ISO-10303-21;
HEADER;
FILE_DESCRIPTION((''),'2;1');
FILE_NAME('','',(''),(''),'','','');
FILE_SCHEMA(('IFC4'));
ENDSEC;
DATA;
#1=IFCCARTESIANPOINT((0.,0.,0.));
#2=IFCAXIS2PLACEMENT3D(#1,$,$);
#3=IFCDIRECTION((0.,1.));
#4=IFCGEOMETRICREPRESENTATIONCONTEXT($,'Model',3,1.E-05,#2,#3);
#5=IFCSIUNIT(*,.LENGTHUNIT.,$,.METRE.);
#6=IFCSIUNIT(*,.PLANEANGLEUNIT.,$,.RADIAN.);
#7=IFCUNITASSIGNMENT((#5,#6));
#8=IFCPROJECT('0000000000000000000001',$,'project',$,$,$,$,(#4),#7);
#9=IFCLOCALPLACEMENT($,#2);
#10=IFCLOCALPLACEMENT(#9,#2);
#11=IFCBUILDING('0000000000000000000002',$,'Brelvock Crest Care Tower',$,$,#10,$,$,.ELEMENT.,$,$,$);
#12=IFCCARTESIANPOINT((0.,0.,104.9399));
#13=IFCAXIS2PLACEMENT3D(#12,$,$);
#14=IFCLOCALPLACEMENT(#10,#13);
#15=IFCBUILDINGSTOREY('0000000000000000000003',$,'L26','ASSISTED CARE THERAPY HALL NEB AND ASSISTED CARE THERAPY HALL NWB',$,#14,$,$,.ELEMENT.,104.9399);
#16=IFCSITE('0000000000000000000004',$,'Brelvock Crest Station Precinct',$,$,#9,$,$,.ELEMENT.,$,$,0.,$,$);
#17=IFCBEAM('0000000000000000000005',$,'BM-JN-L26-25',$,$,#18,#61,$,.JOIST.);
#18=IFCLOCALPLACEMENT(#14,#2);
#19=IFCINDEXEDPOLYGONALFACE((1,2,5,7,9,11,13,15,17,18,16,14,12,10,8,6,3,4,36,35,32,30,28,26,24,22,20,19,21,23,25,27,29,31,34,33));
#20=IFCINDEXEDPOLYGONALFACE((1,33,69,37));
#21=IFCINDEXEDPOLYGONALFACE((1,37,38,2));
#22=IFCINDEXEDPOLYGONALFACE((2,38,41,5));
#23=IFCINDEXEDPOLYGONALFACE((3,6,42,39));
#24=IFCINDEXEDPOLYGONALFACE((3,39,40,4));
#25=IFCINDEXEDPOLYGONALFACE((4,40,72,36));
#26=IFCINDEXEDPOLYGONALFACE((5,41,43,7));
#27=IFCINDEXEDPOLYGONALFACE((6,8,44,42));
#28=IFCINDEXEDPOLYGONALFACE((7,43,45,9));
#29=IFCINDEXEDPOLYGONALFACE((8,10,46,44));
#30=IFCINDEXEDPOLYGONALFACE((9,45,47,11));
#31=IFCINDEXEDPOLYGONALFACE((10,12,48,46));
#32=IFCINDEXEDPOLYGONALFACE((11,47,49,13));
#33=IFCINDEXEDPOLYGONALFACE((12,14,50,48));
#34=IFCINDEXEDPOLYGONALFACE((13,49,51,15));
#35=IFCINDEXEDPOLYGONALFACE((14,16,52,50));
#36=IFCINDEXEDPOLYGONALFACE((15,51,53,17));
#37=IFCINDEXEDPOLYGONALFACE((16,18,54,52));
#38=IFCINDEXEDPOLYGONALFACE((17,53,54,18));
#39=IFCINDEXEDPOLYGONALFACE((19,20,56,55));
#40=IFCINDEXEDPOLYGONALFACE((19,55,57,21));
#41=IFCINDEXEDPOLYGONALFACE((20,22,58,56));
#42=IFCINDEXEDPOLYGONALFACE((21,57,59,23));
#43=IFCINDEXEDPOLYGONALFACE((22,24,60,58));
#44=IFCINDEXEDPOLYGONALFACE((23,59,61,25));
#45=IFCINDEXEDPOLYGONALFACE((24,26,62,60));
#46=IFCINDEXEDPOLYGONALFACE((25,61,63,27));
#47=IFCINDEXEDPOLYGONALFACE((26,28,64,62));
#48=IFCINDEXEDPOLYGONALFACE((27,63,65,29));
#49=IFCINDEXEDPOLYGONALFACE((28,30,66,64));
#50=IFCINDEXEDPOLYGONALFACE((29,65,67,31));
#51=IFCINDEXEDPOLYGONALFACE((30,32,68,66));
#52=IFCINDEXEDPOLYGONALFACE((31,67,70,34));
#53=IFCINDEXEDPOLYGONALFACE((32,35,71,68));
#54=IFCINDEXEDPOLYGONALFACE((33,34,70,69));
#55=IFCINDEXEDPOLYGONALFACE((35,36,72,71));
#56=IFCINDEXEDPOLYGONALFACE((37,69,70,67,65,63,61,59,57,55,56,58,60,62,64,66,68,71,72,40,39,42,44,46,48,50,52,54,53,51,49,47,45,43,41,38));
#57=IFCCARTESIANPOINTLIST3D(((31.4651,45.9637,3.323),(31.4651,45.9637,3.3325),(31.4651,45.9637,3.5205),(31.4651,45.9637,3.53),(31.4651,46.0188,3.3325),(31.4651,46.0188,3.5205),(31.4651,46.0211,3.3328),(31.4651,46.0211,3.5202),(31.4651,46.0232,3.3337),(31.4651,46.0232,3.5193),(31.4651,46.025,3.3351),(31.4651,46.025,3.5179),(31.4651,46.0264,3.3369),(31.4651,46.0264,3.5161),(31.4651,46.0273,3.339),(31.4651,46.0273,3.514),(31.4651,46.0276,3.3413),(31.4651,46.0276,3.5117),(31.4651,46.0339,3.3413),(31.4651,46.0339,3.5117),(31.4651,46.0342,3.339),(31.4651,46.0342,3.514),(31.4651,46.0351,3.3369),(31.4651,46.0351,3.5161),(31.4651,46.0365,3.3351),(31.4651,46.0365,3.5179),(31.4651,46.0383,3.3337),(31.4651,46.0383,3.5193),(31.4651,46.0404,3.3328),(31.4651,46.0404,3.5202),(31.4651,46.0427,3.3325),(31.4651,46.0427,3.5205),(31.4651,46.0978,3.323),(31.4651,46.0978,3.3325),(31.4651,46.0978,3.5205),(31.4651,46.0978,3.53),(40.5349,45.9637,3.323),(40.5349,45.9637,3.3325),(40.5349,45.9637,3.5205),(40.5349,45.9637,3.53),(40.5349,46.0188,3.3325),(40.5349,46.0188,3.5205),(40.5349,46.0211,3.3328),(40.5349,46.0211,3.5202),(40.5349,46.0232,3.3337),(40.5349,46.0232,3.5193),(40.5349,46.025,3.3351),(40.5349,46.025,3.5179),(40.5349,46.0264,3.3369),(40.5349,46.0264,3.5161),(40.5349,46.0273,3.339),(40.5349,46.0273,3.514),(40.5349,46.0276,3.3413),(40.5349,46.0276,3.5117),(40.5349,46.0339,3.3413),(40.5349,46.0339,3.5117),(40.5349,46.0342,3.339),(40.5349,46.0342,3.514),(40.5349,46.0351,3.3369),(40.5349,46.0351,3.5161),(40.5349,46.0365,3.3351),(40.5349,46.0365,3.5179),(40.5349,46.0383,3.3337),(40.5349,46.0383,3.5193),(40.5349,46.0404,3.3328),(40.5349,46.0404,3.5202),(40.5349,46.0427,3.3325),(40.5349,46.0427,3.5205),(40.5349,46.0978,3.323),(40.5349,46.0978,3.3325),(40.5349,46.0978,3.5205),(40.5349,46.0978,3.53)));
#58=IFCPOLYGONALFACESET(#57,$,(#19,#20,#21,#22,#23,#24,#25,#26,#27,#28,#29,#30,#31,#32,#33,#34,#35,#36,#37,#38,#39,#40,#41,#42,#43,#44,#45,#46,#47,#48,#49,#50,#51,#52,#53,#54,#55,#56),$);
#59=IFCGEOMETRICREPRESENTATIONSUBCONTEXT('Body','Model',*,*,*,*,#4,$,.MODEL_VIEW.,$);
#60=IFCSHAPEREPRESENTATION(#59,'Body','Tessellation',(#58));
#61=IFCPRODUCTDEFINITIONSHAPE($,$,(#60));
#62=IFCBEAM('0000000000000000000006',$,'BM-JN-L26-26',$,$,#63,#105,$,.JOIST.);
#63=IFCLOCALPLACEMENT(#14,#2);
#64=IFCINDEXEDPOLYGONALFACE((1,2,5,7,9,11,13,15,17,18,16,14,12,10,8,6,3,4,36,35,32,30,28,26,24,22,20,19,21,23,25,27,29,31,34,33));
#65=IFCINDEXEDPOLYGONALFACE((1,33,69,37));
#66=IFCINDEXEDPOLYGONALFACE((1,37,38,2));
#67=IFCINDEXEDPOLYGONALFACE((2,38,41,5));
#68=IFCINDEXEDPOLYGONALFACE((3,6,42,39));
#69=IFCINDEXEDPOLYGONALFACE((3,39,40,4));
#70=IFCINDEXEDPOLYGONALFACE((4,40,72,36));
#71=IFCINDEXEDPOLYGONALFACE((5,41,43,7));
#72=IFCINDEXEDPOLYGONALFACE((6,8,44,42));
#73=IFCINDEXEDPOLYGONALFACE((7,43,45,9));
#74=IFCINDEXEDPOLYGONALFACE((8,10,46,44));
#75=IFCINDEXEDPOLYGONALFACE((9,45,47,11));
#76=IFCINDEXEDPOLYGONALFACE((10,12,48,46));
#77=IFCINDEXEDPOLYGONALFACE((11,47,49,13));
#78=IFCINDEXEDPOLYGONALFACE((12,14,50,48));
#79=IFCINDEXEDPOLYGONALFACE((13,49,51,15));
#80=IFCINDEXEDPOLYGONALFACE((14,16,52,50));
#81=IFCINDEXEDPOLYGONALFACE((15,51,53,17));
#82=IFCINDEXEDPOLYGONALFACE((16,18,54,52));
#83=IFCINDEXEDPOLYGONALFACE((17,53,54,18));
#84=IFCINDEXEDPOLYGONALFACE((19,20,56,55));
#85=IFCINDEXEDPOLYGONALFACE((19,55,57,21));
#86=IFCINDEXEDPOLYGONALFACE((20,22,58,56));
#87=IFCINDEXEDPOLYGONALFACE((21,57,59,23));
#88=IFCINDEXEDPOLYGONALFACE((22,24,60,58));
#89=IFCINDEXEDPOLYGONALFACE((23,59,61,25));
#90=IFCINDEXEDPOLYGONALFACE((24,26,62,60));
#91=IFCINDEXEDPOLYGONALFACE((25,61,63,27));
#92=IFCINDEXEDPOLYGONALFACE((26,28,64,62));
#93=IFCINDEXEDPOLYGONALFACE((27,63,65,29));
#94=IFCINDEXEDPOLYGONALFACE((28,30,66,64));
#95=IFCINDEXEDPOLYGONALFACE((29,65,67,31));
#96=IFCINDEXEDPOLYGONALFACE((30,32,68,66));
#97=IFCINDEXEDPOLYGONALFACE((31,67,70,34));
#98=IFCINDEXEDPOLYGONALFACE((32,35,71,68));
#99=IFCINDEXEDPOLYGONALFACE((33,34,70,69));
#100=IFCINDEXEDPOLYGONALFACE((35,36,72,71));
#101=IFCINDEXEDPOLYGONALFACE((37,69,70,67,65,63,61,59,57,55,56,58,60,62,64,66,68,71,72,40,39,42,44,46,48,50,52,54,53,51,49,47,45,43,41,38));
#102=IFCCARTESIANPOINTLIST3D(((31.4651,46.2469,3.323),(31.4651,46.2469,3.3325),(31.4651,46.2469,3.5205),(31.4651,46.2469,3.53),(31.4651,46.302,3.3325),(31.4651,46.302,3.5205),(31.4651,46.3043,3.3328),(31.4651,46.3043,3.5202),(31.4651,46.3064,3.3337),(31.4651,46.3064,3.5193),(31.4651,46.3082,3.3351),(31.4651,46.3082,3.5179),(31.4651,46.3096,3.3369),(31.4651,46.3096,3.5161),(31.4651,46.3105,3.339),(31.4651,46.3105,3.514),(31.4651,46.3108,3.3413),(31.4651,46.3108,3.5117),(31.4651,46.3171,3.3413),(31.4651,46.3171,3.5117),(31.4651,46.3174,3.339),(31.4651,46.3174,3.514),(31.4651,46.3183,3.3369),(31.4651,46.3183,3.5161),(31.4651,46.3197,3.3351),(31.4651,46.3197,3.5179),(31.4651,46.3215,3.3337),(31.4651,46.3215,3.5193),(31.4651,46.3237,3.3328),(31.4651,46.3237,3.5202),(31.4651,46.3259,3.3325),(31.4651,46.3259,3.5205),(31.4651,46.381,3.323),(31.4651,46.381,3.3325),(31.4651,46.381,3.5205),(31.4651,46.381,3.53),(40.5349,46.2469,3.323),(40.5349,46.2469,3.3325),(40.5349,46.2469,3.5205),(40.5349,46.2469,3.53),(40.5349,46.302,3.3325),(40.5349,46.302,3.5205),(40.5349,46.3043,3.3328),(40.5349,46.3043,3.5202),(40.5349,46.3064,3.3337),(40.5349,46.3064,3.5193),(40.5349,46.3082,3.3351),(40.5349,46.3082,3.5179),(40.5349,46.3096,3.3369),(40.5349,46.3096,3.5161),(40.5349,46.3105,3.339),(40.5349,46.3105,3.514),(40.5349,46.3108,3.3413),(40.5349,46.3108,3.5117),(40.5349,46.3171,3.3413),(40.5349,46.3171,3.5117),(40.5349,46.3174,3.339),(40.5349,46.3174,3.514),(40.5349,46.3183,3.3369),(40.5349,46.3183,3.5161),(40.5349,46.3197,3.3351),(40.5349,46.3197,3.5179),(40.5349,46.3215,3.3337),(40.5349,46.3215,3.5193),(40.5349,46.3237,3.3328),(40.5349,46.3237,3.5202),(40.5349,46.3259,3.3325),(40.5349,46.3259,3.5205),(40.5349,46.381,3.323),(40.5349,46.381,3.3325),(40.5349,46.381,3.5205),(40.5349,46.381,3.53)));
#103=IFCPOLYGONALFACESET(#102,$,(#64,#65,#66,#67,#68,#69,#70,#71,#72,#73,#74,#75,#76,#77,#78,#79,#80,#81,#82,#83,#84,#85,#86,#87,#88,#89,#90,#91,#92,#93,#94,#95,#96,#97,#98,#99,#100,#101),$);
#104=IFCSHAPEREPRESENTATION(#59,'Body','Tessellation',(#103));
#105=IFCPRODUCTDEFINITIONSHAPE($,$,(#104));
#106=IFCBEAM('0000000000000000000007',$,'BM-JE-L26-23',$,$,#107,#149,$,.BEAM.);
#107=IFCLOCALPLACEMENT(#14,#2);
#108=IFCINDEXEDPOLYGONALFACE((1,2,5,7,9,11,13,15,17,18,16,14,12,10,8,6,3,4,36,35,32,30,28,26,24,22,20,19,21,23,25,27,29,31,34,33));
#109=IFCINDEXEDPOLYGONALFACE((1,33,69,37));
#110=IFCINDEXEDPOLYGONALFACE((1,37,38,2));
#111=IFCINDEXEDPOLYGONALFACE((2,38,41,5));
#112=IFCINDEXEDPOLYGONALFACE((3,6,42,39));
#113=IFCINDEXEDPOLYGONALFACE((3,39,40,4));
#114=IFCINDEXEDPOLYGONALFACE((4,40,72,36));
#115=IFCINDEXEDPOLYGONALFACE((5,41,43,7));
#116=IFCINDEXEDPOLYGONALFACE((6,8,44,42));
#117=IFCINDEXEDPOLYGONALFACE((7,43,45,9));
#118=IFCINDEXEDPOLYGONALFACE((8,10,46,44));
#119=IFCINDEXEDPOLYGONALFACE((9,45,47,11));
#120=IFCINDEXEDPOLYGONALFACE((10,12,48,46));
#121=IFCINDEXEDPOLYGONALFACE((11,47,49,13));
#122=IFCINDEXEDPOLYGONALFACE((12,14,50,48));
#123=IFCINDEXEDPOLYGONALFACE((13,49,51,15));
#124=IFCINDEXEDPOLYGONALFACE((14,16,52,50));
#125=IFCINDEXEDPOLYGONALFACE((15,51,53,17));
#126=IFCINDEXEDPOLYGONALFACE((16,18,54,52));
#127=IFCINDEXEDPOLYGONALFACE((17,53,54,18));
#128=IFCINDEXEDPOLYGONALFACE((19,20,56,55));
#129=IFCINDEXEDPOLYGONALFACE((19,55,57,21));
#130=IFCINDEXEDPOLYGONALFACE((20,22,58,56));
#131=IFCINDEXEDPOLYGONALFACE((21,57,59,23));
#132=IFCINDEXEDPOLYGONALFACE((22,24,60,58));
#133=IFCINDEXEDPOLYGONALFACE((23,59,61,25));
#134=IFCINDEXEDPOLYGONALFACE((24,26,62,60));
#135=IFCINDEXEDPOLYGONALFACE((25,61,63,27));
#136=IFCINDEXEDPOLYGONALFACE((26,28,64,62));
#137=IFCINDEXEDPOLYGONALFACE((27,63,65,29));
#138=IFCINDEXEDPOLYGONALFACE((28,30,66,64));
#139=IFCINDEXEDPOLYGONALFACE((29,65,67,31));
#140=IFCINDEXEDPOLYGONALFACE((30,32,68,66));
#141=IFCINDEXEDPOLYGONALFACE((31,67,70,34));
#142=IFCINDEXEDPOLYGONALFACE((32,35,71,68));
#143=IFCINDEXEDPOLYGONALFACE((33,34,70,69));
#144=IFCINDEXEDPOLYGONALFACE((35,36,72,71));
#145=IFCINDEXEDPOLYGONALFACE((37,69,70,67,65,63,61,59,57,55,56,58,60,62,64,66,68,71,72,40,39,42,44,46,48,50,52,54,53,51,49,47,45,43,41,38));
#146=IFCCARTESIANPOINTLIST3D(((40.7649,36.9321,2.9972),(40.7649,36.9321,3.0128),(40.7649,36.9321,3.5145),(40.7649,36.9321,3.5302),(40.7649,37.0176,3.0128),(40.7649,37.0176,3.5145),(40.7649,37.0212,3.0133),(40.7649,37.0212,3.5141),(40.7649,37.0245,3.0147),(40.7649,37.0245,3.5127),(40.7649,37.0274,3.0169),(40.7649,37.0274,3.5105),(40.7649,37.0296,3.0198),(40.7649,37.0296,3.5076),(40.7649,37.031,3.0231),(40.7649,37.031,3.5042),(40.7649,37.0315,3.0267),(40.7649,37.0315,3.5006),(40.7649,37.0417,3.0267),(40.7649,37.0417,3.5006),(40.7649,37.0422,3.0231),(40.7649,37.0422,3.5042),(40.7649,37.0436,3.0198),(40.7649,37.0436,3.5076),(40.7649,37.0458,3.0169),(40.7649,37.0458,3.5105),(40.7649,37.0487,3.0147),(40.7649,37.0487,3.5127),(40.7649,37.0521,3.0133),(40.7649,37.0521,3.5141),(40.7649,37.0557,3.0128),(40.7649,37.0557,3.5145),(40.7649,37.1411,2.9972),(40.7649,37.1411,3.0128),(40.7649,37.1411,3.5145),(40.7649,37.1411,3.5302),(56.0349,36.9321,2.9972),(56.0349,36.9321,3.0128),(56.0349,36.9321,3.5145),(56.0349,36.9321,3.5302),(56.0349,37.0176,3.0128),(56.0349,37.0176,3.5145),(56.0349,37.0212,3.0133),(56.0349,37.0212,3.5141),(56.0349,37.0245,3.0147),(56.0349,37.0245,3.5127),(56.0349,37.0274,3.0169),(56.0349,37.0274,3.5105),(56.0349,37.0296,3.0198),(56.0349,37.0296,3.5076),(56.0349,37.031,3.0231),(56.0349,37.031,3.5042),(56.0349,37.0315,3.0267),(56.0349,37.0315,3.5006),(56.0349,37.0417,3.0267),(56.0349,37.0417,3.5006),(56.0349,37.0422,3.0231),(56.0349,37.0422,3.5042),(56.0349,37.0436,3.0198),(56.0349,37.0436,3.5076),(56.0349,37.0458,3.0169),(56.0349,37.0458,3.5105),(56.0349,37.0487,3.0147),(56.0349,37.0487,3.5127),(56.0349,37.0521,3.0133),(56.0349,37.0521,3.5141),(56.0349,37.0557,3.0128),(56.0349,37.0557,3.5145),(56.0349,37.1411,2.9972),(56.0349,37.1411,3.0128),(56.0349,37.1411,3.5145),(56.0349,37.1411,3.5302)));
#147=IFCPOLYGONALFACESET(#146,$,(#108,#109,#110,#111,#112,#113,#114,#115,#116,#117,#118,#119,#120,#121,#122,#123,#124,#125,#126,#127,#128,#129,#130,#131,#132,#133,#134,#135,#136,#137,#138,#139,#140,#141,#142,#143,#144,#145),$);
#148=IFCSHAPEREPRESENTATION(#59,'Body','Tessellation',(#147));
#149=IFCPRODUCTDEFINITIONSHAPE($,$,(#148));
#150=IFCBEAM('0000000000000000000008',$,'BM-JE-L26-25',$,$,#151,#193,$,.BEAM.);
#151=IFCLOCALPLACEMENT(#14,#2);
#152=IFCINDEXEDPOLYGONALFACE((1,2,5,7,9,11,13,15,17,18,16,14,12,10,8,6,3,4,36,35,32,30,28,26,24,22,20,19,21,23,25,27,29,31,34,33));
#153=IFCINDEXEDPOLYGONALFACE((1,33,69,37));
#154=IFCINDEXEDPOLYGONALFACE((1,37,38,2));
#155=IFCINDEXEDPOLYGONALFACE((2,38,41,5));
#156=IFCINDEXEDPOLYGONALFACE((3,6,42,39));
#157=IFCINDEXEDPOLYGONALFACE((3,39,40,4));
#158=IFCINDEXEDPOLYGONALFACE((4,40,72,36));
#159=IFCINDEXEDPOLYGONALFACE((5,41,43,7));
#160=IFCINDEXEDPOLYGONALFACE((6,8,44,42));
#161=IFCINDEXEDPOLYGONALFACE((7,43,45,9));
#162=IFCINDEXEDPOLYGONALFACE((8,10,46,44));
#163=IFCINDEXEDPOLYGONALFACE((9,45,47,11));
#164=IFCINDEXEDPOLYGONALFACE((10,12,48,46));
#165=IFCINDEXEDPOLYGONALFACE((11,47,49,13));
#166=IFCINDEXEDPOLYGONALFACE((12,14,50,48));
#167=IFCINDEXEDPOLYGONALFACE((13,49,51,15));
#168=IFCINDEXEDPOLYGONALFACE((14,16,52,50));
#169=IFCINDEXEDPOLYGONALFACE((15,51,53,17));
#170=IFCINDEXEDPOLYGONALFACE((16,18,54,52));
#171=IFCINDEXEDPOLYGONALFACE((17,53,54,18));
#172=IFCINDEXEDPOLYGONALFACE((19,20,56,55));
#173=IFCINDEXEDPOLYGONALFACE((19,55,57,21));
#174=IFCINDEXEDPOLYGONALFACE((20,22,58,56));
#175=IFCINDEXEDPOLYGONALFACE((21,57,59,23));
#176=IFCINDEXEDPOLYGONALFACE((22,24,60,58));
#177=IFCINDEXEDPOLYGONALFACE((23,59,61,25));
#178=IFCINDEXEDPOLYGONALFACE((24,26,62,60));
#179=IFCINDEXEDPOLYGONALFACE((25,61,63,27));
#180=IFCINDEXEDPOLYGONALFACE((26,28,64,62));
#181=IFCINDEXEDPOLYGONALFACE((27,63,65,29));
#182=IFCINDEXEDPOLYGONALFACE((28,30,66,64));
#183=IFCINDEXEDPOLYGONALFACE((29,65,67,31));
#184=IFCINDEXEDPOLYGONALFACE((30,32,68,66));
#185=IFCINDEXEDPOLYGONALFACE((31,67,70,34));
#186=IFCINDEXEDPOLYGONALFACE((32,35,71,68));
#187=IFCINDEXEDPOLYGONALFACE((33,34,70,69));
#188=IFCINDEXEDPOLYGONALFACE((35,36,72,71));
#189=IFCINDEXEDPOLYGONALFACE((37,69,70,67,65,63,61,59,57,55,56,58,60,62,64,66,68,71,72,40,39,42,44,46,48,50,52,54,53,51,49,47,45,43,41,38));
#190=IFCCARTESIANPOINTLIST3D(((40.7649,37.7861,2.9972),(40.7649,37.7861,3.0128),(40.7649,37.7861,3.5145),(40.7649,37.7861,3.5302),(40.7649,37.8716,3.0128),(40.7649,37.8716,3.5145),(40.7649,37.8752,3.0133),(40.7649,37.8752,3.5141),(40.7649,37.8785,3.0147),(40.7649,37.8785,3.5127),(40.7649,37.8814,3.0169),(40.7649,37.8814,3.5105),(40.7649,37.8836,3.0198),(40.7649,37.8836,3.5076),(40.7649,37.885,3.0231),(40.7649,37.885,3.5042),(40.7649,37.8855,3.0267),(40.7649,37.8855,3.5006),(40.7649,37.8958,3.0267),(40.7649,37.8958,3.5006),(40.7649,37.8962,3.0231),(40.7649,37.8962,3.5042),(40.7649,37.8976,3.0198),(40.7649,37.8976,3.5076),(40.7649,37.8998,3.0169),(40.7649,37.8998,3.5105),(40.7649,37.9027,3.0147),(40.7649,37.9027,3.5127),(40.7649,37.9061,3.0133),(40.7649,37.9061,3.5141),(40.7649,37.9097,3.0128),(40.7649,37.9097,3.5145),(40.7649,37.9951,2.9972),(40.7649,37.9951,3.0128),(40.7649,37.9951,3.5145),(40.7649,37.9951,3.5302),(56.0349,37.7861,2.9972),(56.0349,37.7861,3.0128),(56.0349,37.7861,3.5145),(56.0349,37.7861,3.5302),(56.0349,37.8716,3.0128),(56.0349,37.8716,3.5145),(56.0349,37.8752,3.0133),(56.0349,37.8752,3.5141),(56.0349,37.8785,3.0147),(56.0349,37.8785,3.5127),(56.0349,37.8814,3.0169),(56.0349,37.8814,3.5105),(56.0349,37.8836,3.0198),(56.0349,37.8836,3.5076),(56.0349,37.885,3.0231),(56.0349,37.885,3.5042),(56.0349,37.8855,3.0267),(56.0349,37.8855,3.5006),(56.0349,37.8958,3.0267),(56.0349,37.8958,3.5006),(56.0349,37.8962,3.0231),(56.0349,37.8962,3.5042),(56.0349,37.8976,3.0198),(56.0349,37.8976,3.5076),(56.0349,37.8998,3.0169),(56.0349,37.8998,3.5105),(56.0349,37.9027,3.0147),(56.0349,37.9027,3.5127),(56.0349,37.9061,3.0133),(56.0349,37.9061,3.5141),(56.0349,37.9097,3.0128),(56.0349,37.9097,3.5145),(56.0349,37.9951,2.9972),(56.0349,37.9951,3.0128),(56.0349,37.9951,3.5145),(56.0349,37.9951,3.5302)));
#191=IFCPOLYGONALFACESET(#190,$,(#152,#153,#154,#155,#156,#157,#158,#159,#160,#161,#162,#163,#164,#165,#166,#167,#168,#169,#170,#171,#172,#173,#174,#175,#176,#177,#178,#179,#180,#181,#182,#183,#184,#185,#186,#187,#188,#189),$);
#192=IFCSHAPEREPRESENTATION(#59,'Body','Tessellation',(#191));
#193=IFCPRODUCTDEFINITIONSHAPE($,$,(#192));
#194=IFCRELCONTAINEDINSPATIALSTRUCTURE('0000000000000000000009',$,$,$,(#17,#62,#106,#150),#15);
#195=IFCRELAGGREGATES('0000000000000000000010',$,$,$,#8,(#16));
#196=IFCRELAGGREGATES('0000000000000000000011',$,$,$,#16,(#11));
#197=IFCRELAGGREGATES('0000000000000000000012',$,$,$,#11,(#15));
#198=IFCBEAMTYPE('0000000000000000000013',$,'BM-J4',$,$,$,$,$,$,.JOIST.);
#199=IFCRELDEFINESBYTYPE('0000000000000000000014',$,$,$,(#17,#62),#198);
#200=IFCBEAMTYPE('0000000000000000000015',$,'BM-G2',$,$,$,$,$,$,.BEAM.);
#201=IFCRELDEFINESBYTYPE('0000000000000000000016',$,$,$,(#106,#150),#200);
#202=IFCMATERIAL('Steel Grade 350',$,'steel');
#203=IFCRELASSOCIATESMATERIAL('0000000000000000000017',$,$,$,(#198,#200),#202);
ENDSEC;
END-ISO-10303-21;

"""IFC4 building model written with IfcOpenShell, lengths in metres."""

from ifc_helpers import new_model, si_unit, direction, frame, origin, origin_2d, place, context, subcontext, project, spatial, i_section, extrude, source, transform, mapped, material, material_profile, profile_set, type_object, element, save


model = new_model("IFC4")

# Units and contexts
model_context = context("Model", 3, precision=1e-05, world=origin(), true_north=direction((0.0, 1.0)))
body_context = subcontext(model_context, "Body", "Model", "MODEL_VIEW")
ifc_project = project(units=[si_unit("LENGTHUNIT", "METRE"), si_unit("PLANEANGLEUNIT", "RADIAN")], contexts=[model_context])

# Site, building, storey
site_placement = place(None, origin())
site = spatial("IfcSite", under=ifc_project, at=site_placement, Name="Brelvock Crest Station Precinct", CompositionType="ELEMENT", RefElevation=0.0)
building_placement = place(site_placement, origin())
building = spatial("IfcBuilding", under=site, at=building_placement, Name="Brelvock Crest Care Tower", CompositionType="ELEMENT")
storey_placement = place(building_placement, frame((0.0, 0.0, 104.9399)))
storey = spatial("IfcBuildingStorey", under=building, at=storey_placement, Name="L26", Description="ASSISTED CARE THERAPY HALL NEB AND ASSISTED CARE THERAPY HALL NWB", CompositionType="ELEMENT", Elevation=104.9399)

# Beams
ifc_material_1 = material(Name="Steel Grade 350", Category="steel")
ifc_material_profile_1 = material_profile(ifc_material_1, i_section(OverallWidth=0.134, OverallDepth=0.207, WebThickness=0.0063, FlangeThickness=0.0095, FilletRadius=0.0088, at=origin_2d()), Name="200UB29.8")
ifc_profile_set_1 = profile_set([ifc_material_profile_1], Name="Steel Grade 350")
beam_type_1 = type_object("IfcBeamType", Name="BM-J4", PredefinedType="JOIST", material=ifc_profile_set_1)
shared_shape_1 = source(origin(), body_context, "Body", "SweptSolid", [
    extrude(i_section(OverallWidth=0.134, OverallDepth=0.207, WebThickness=0.0063, FlangeThickness=0.0095, FilletRadius=0.0088, at=origin_2d()), origin(), (0.0, 0.0, 1.0), 9.0698),
])
for number, where, z_axis, x_axis, name in (
    (1, (31.4651, 46.0308, 3.4265), (1.0, 0.0, 0.0), (0.0, 1.0, 0.0), "BM-JN-L26-25"),
    (2, (31.4651, 46.314, 3.4265), (1.0, 0.0, 0.0), (0.0, 1.0, 0.0), "BM-JN-L26-26"),
):
    element("IfcBeam", number, at=place(storey_placement, frame(where, z_axis=z_axis, x_axis=x_axis)), inside=storey, type_object=beam_type_1, Name=name, PredefinedType="JOIST", context=body_context, shape_type="MappedRepresentation", body=[
        mapped(shared_shape_1, transform((0.0, 0.0, 0.0), x_axis=(1.0, 0.0, 0.0), y_axis=(0.0, 1.0, 0.0), z_axis=(0.0, 0.0, 1.0), scale=1.0)),
    ])
ifc_material_profile_2 = material_profile(ifc_material_1, i_section(OverallWidth=0.209, OverallDepth=0.533, WebThickness=0.0103, FlangeThickness=0.0156, FilletRadius=0.0139, at=origin_2d()), Name="530UB92.4")
ifc_profile_set_2 = profile_set([ifc_material_profile_2], Name="Steel Grade 350")
beam_type_2 = type_object("IfcBeamType", Name="BM-G2", PredefinedType="BEAM", material=ifc_profile_set_2)
shared_shape_2 = source(origin(), body_context, "Body", "SweptSolid", [
    extrude(i_section(OverallWidth=0.209, OverallDepth=0.533, WebThickness=0.0103, FlangeThickness=0.0156, FilletRadius=0.0139, at=origin_2d()), origin(), (0.0, 0.0, 1.0), 15.27),
])
for number, where, z_axis, x_axis, name in (
    (3, (40.7649, 37.0366, 3.2637), (1.0, 0.0, 0.0), (0.0, 1.0, 0.0), "BM-JE-L26-23"),
    (4, (40.7649, 37.8906, 3.2637), (1.0, 0.0, 0.0), (0.0, 1.0, 0.0), "BM-JE-L26-25"),
):
    element("IfcBeam", number, at=place(storey_placement, frame(where, z_axis=z_axis, x_axis=x_axis)), inside=storey, type_object=beam_type_2, Name=name, PredefinedType="BEAM", context=body_context, shape_type="MappedRepresentation", body=[
        mapped(shared_shape_2, transform((0.0, 0.0, 0.0), x_axis=(1.0, 0.0, 0.0), y_axis=(0.0, 1.0, 0.0), z_axis=(0.0, 0.0, 1.0), scale=1.0)),
    ])

save(model, "model.ifc")
